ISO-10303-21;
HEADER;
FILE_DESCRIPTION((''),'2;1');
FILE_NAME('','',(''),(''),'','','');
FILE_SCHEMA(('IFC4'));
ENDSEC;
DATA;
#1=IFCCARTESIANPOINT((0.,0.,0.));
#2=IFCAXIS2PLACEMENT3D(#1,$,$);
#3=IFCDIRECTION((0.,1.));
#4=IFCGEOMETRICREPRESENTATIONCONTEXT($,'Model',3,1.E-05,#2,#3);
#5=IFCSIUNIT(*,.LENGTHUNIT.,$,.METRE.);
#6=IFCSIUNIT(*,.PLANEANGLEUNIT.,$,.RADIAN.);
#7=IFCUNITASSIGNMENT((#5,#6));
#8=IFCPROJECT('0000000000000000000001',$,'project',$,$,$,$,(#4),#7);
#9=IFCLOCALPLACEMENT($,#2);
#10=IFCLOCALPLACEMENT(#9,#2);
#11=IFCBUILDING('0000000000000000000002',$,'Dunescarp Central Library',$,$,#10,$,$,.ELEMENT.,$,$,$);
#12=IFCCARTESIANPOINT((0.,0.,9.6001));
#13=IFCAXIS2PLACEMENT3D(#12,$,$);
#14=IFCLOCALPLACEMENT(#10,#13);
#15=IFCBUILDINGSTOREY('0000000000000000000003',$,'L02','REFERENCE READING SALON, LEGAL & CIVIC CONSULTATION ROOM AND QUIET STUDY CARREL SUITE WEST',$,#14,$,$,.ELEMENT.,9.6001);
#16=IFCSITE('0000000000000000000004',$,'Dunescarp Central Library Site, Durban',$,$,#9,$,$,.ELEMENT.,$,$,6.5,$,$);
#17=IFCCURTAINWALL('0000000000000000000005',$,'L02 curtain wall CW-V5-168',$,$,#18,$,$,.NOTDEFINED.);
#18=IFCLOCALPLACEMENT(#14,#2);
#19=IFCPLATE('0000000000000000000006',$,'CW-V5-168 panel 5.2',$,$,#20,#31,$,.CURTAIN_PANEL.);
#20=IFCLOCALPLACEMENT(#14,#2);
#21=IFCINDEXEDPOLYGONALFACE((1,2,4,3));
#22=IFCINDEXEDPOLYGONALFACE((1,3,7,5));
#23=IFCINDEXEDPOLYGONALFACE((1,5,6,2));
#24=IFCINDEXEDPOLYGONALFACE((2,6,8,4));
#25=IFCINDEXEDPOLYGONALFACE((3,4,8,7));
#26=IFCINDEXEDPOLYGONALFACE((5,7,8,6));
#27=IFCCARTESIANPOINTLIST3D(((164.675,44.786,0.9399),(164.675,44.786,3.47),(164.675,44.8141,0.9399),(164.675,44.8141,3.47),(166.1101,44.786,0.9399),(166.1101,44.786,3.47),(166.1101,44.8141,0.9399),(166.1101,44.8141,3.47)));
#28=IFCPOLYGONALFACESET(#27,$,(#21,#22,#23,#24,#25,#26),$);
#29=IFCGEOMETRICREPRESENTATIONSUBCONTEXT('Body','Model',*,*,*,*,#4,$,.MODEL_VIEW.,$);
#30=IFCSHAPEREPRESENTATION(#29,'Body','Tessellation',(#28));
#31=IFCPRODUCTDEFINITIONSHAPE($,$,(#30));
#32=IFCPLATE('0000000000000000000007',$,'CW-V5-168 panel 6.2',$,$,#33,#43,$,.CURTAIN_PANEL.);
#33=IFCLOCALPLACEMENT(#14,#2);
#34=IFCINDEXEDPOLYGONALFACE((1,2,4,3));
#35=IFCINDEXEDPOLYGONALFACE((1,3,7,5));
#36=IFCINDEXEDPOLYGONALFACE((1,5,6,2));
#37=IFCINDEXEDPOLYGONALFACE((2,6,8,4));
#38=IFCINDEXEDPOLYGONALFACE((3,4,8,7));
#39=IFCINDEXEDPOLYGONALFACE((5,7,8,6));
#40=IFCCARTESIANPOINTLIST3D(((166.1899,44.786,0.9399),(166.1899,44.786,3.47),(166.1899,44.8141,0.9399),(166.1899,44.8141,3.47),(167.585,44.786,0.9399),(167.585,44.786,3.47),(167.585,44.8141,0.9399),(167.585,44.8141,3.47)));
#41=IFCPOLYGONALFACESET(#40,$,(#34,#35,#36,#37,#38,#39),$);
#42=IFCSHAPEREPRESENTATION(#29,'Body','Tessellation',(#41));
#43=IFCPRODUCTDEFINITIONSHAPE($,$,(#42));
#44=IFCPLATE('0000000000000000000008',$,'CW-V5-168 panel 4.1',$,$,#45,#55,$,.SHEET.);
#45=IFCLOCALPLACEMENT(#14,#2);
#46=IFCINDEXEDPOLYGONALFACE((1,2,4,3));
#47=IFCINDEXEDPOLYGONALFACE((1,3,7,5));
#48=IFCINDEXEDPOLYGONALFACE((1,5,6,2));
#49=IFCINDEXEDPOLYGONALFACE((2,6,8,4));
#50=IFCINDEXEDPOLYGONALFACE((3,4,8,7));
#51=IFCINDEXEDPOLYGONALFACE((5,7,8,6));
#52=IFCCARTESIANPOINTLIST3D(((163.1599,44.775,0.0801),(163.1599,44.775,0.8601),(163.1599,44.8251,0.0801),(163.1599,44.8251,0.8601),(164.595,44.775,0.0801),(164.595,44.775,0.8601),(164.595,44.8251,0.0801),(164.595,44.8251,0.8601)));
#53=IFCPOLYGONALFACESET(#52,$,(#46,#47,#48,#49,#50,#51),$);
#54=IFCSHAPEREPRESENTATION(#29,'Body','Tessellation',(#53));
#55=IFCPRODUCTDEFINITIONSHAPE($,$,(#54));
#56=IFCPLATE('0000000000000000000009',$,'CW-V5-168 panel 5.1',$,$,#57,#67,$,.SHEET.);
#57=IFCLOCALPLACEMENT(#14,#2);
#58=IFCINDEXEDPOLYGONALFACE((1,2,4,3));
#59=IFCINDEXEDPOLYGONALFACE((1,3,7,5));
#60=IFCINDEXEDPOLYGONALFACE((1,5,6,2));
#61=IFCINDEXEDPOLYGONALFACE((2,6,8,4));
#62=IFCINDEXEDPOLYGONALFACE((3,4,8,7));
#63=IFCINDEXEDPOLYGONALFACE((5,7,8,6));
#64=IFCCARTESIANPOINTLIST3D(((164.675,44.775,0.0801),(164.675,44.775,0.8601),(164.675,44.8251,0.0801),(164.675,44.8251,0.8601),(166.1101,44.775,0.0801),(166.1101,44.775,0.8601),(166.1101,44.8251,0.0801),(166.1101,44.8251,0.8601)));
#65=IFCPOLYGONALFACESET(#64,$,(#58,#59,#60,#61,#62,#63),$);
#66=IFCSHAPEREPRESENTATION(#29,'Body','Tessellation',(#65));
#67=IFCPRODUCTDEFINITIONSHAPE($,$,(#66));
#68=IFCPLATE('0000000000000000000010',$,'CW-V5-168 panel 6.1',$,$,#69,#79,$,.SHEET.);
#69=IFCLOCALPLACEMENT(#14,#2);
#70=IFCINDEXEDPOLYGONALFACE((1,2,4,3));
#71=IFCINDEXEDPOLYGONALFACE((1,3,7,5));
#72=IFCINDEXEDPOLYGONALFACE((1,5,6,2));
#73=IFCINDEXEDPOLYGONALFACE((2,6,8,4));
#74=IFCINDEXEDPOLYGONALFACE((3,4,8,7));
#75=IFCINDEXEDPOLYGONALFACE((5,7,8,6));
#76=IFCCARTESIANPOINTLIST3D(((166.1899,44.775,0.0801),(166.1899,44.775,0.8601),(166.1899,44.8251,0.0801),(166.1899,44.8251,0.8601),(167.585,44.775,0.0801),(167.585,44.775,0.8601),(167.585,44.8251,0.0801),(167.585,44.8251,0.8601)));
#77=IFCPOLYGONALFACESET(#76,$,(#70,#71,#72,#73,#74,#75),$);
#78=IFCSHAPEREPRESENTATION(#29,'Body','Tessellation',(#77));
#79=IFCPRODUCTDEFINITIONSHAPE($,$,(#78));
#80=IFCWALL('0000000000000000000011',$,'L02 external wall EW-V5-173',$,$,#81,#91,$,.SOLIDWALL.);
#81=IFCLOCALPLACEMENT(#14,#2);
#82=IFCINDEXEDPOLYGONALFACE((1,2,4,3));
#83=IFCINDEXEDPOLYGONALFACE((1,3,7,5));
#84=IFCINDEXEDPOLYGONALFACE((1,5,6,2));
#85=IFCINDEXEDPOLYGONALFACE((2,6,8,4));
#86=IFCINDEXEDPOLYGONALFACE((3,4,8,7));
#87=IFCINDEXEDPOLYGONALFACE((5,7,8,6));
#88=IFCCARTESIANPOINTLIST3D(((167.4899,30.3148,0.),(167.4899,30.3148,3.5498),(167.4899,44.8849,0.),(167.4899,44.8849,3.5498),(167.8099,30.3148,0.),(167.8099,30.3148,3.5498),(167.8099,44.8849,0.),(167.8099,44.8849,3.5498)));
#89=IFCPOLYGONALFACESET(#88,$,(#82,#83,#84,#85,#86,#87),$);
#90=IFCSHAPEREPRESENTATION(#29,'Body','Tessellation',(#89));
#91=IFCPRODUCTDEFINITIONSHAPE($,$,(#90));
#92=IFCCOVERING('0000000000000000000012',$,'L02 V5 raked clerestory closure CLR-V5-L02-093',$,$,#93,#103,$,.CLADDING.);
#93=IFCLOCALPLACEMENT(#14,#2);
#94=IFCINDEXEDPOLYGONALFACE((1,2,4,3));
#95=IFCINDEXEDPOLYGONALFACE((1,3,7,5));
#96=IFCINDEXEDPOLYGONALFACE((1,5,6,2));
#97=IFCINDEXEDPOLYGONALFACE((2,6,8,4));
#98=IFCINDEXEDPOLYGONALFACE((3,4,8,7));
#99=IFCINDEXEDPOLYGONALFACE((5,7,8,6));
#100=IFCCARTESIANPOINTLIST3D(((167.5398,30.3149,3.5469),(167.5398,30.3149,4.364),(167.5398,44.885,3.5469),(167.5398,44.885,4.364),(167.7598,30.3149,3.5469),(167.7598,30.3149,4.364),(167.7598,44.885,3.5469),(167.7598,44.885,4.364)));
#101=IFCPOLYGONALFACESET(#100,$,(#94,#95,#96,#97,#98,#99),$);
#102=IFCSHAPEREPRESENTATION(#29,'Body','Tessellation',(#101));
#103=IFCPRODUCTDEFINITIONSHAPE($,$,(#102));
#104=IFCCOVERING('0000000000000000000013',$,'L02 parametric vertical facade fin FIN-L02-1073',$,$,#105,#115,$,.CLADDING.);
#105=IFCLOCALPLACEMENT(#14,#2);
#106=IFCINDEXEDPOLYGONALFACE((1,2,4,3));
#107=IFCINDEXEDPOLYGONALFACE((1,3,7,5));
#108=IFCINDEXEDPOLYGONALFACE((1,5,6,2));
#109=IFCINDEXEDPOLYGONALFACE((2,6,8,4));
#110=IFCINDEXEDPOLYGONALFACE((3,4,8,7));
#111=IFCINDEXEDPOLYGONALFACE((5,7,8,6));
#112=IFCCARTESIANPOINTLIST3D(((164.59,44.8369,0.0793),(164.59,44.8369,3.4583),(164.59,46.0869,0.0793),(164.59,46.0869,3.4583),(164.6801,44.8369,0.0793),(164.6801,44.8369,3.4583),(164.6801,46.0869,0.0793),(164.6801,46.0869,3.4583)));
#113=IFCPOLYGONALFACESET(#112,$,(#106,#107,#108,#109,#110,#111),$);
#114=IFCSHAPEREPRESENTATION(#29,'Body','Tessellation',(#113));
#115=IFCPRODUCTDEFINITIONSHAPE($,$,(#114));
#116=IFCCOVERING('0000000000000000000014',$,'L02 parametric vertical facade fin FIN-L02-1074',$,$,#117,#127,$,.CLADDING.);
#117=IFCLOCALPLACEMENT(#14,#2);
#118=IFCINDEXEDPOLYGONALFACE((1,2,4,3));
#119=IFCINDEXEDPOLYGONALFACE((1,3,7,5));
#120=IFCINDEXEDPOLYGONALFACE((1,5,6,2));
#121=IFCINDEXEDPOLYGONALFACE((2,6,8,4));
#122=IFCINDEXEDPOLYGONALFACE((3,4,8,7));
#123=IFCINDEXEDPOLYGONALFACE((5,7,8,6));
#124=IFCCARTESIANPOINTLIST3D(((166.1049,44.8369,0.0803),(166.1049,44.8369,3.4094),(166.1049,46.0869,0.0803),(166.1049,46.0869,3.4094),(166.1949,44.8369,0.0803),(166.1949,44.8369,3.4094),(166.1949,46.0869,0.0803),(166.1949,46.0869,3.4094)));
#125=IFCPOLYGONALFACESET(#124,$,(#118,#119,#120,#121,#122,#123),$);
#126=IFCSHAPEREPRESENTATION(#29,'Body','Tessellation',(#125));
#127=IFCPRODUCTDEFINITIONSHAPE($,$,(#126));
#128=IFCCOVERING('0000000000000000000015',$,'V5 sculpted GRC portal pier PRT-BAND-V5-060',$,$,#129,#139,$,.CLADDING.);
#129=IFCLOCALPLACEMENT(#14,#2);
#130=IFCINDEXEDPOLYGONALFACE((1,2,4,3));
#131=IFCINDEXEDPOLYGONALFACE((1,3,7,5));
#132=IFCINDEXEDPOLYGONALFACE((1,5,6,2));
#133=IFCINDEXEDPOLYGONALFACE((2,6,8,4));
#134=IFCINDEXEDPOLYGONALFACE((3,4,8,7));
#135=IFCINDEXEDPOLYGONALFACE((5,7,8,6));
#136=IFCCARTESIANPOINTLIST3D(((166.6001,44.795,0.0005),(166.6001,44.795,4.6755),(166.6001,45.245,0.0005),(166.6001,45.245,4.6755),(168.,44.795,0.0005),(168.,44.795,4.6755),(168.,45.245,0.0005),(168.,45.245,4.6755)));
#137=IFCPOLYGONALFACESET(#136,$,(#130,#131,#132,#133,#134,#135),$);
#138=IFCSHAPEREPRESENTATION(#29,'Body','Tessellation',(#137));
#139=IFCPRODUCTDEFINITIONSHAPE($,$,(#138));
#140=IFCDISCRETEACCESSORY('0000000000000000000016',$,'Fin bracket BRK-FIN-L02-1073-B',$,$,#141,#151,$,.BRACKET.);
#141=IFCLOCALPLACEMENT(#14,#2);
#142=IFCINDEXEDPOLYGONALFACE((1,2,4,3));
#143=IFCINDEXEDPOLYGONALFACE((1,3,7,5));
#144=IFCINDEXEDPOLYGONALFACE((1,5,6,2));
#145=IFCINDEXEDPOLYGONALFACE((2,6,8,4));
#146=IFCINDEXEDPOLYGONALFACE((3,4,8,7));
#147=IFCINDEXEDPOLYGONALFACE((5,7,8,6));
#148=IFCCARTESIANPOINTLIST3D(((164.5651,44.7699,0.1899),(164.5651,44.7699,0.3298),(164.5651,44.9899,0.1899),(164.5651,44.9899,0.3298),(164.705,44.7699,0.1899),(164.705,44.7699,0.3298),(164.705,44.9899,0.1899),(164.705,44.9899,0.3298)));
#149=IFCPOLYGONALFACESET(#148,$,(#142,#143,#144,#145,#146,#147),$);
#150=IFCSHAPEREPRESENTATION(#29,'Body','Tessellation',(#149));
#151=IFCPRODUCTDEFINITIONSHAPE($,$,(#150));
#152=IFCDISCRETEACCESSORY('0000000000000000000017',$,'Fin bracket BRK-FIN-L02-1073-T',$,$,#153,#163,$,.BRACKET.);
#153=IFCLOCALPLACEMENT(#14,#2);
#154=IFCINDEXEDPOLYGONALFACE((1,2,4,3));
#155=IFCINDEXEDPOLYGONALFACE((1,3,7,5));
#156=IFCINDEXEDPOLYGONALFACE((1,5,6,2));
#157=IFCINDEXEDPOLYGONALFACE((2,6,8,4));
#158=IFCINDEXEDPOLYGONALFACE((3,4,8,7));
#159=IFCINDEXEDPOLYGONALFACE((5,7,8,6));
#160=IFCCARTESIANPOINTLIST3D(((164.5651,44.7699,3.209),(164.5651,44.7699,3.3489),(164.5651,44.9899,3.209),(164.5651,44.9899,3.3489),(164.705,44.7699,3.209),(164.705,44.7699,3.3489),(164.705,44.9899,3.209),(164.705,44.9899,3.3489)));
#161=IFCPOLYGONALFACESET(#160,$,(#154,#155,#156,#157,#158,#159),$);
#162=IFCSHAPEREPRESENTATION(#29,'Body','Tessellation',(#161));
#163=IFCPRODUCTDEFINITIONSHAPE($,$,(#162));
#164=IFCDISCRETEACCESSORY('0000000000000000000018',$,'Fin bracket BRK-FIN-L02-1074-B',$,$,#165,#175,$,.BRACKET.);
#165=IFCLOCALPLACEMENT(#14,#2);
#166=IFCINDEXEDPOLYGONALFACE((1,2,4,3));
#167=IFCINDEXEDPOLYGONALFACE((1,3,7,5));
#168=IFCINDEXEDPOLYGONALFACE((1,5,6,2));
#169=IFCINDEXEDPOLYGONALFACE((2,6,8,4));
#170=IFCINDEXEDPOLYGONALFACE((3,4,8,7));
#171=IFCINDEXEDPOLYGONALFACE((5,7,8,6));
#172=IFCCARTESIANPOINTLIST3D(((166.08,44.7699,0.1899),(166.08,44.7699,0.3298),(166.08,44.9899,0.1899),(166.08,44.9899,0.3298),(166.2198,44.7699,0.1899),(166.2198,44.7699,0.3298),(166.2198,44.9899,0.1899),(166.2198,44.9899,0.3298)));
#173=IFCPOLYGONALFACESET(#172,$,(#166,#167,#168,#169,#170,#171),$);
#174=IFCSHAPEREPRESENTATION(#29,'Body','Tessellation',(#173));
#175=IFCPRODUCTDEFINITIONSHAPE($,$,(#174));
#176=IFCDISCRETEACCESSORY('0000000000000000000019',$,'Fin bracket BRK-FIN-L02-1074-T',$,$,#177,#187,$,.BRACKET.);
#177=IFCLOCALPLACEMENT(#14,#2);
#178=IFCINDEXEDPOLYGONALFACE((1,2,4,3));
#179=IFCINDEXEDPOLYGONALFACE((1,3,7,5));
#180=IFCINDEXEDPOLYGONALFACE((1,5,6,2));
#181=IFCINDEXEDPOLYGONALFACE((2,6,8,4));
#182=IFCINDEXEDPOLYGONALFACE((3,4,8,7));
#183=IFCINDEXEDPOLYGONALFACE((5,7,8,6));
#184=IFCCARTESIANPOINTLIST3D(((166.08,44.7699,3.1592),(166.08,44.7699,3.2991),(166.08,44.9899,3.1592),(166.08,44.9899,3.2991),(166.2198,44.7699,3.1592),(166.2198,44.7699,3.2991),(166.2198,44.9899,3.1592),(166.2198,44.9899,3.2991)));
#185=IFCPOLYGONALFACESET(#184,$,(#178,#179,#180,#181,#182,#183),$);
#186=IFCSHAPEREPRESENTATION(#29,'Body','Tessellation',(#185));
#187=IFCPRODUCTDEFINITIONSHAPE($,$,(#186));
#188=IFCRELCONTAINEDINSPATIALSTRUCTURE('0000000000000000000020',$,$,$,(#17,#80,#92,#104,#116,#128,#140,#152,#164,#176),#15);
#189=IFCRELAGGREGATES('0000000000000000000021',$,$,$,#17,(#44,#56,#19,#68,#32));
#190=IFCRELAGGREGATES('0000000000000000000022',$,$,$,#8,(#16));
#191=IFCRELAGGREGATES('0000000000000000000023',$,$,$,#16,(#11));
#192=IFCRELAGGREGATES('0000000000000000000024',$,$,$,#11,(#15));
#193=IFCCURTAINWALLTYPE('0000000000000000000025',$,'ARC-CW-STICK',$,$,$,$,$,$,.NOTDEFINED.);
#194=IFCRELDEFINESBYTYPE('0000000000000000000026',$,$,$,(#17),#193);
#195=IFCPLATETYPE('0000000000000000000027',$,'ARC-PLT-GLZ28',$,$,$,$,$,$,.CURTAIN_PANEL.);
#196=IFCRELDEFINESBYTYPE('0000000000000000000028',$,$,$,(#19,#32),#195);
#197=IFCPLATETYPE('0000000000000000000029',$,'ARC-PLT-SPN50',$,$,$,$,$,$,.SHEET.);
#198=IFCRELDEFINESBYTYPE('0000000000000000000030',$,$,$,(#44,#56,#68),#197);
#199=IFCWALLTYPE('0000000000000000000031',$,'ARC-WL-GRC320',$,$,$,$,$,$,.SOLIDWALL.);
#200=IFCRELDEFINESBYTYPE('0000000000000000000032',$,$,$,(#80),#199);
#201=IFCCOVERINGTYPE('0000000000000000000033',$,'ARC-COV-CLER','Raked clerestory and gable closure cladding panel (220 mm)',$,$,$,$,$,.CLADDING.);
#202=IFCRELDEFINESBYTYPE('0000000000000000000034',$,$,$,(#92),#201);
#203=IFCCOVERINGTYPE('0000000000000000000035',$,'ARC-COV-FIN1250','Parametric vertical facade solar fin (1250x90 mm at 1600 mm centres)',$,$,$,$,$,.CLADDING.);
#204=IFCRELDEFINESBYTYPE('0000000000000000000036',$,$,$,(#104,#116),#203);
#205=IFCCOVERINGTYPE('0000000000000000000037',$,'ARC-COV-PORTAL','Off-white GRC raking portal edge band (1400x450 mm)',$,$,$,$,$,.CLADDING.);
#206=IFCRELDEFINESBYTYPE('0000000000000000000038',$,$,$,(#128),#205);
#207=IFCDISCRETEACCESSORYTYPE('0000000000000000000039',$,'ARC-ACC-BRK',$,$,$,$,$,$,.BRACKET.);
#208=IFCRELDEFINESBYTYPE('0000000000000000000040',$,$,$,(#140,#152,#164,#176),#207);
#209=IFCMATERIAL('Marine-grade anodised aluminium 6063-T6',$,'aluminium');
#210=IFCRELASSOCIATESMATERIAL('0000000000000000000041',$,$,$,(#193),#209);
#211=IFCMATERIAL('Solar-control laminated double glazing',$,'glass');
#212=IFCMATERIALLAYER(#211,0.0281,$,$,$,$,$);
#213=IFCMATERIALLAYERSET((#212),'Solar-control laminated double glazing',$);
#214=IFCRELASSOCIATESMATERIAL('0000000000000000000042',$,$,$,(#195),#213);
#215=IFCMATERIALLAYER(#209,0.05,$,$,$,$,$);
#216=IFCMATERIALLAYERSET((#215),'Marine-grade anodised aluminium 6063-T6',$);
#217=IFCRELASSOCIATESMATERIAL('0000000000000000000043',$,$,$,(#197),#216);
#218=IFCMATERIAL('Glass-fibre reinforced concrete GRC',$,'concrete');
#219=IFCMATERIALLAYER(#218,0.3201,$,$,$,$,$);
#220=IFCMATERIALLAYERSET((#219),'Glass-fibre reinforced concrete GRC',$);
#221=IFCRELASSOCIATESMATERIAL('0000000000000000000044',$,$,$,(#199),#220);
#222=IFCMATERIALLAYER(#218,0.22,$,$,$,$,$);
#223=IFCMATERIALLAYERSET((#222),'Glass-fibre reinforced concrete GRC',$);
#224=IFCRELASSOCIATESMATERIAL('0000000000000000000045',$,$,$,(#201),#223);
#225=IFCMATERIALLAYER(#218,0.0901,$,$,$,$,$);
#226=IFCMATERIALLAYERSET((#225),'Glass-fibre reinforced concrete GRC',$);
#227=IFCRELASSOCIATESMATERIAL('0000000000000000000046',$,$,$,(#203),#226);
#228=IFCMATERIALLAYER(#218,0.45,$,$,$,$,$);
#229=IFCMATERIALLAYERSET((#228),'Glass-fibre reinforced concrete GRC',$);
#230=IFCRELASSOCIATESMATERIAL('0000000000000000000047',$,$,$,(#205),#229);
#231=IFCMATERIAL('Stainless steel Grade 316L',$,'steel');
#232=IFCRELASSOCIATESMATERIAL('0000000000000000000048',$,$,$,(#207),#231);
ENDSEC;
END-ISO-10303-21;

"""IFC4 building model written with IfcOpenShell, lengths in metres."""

from ifc_helpers import new_model, si_unit, direction, frame, frame_2d, origin, origin_2d, place, context, subcontext, project, spatial, polyline, rectangle, outline, extrude, material, layer, layer_set, type_object, element, aggregate, save


model = new_model("IFC4")

# Units and contexts
model_context = context("Model", 3, precision=1e-05, world=origin(), true_north=direction((0.0, 1.0)))
body_context = subcontext(model_context, "Body", "Model", "MODEL_VIEW")
ifc_project = project(units=[si_unit("LENGTHUNIT", "METRE"), si_unit("PLANEANGLEUNIT", "RADIAN")], contexts=[model_context])

# Site, building, storey
site_placement = place(None, origin())
site = spatial("IfcSite", under=ifc_project, at=site_placement, Name="Dunescarp Central Library Site, Durban", CompositionType="ELEMENT", RefElevation=6.5)
building_placement = place(site_placement, origin())
building = spatial("IfcBuilding", under=site, at=building_placement, Name="Dunescarp Central Library", CompositionType="ELEMENT")
storey_placement = place(building_placement, frame((0.0, 0.0, 9.6001)))
storey = spatial("IfcBuildingStorey", under=building, at=storey_placement, Name="L02", Description="REFERENCE READING SALON, LEGAL & CIVIC CONSULTATION ROOM AND QUIET STUDY CARREL SUITE WEST", CompositionType="ELEMENT", Elevation=9.6001)

# Curtain wall, plates
ifc_material_1 = material(Name="Marine-grade anodised aluminium 6063-T6", Category="aluminium")
curtain_wall_type = type_object("IfcCurtainWallType", Name="ARC-CW-STICK", PredefinedType="NOTDEFINED", material=ifc_material_1)
curtain_wall_placement = place(storey_placement, origin())
curtain_wall = element("IfcCurtainWall", 1, at=curtain_wall_placement, inside=storey, type_object=curtain_wall_type, Name="L02 curtain wall CW-V5-168", PredefinedType="NOTDEFINED")
ifc_material_2 = material(Name="Solar-control laminated double glazing", Category="glass")
ifc_layer_1 = layer(ifc_material_2, 0.0281)
ifc_layer_set_1 = layer_set([ifc_layer_1], Name="Solar-control laminated double glazing")
plate_type_1 = type_object("IfcPlateType", Name="ARC-PLT-GLZ28", PredefinedType="CURTAIN_PANEL", material=ifc_layer_set_1)
plate_1_placement = place(storey_placement, frame((165.3926, 44.8, 0.9399), z_axis=(0.0, 0.0, 1.0), x_axis=(1.0, 0.0, 0.0)))
plate_1 = element("IfcPlate", 2, at=plate_1_placement, type_object=plate_type_1, Name="CW-V5-168 panel 5.2", PredefinedType="CURTAIN_PANEL", context=body_context, shape_type="SweptSolid", body=[
    extrude(rectangle(XDim=1.4351, YDim=0.0281, at=origin_2d()), origin(), (0.0, 0.0, 1.0), 2.53),
])
plate_2_placement = place(storey_placement, frame((166.8875, 44.8, 0.9399), z_axis=(0.0, 0.0, 1.0), x_axis=(1.0, 0.0, 0.0)))
plate_2 = element("IfcPlate", 3, at=plate_2_placement, type_object=plate_type_1, Name="CW-V5-168 panel 6.2", PredefinedType="CURTAIN_PANEL", context=body_context, shape_type="SweptSolid", body=[
    extrude(rectangle(XDim=1.395, YDim=0.0281, at=origin_2d()), origin(), (0.0, 0.0, 1.0), 2.53),
])
ifc_layer_2 = layer(ifc_material_1, 0.05)
ifc_layer_set_2 = layer_set([ifc_layer_2], Name="Marine-grade anodised aluminium 6063-T6")
plate_type_2 = type_object("IfcPlateType", Name="ARC-PLT-SPN50", PredefinedType="SHEET", material=ifc_layer_set_2)
plate_3_placement = place(storey_placement, frame((163.8774, 44.8, 0.0801), z_axis=(0.0, 0.0, 1.0), x_axis=(1.0, 0.0, 0.0)))
plate_3 = element("IfcPlate", 4, at=plate_3_placement, type_object=plate_type_2, Name="CW-V5-168 panel 4.1", PredefinedType="SHEET", context=body_context, shape_type="SweptSolid", body=[
    extrude(rectangle(XDim=1.4351, YDim=0.05, at=origin_2d()), origin(), (0.0, 0.0, 1.0), 0.78),
])
plate_4_placement = place(storey_placement, frame((165.3926, 44.8, 0.0801), z_axis=(0.0, 0.0, 1.0), x_axis=(1.0, 0.0, 0.0)))
plate_4 = element("IfcPlate", 5, at=plate_4_placement, type_object=plate_type_2, Name="CW-V5-168 panel 5.1", PredefinedType="SHEET", context=body_context, shape_type="SweptSolid", body=[
    extrude(rectangle(XDim=1.4351, YDim=0.05, at=origin_2d()), origin(), (0.0, 0.0, 1.0), 0.78),
])
plate_5_placement = place(storey_placement, frame((166.8875, 44.8, 0.0801), z_axis=(0.0, 0.0, 1.0), x_axis=(1.0, 0.0, 0.0)))
plate_5 = element("IfcPlate", 6, at=plate_5_placement, type_object=plate_type_2, Name="CW-V5-168 panel 6.1", PredefinedType="SHEET", context=body_context, shape_type="SweptSolid", body=[
    extrude(rectangle(XDim=1.395, YDim=0.05, at=origin_2d()), origin(), (0.0, 0.0, 1.0), 0.78),
])
aggregate(curtain_wall, [plate_3, plate_4, plate_1, plate_5, plate_2])

# Wall
ifc_material_3 = material(Name="Glass-fibre reinforced concrete GRC", Category="concrete")
ifc_layer_3 = layer(ifc_material_3, 0.3201)
ifc_layer_set_3 = layer_set([ifc_layer_3], Name="Glass-fibre reinforced concrete GRC")
wall_type = type_object("IfcWallType", Name="ARC-WL-GRC320", PredefinedType="SOLIDWALL", material=ifc_layer_set_3)
wall_placement = place(storey_placement, frame((167.6499, 44.885, 0.0), z_axis=(0.0, 0.0, 1.0), x_axis=(0.0, -1.0, 0.0)))
element("IfcWall", 7, at=wall_placement, inside=storey, type_object=wall_type, Name="L02 external wall EW-V5-173", PredefinedType="SOLIDWALL", context=body_context, shape_type="SweptSolid", body=[
    extrude(rectangle(XDim=14.5701, YDim=0.3201, at=frame_2d((7.2852, 0.0))), origin(), (0.0, 0.0, 1.0), 3.5498),
])

# Coverings
ifc_layer_4 = layer(ifc_material_3, 0.22)
ifc_layer_set_4 = layer_set([ifc_layer_4], Name="Glass-fibre reinforced concrete GRC")
covering_type_1 = type_object("IfcCoveringType", Name="ARC-COV-CLER", Description="Raked clerestory and gable closure cladding panel (220 mm)", PredefinedType="CLADDING", material=ifc_layer_set_4)
covering_1_placement = place(storey_placement, frame((167.6499, 44.885, 3.5469), z_axis=(0.0, 0.0, 1.0), x_axis=(0.0, -1.0, 0.0)))
element("IfcCovering", 8, at=covering_1_placement, inside=storey, type_object=covering_type_1, Name="L02 V5 raked clerestory closure CLR-V5-L02-093", PredefinedType="CLADDING", context=body_context, shape_type="SweptSolid", body=[
    extrude(outline(polyline([(0.0, 0.0), (14.5701, 0.0), (14.5701, 0.8171), (0.0, 0.8171), (0.0, 0.0)])), frame((0.0, 0.1099, 0.0), z_axis=(0.0, -1.0, 0.0), x_axis=(1.0, 0.0, 0.0)), (0.0, 0.0, 1.0), 0.22),
])
ifc_layer_5 = layer(ifc_material_3, 0.0901)
ifc_layer_set_5 = layer_set([ifc_layer_5], Name="Glass-fibre reinforced concrete GRC")
covering_type_2 = type_object("IfcCoveringType", Name="ARC-COV-FIN1250", Description="Parametric vertical facade solar fin (1250x90 mm at 1600 mm centres)", PredefinedType="CLADDING", material=ifc_layer_set_5)
covering_2_placement = place(storey_placement, frame((164.635, 45.4619, 0.0793), z_axis=(0.0, 0.0, 1.0), x_axis=(0.0, 1.0, 0.0)))
element("IfcCovering", 9, at=covering_2_placement, inside=storey, type_object=covering_type_2, Name="L02 parametric vertical facade fin FIN-L02-1073", PredefinedType="CLADDING", context=body_context, shape_type="SweptSolid", body=[
    extrude(rectangle(XDim=1.25, YDim=0.0901, at=origin_2d()), origin(), (0.0, 0.0, 1.0), 3.3789),
])
covering_3_placement = place(storey_placement, frame((166.1499, 45.4619, 0.0803), z_axis=(0.0, 0.0, 1.0), x_axis=(0.0, 1.0, 0.0)))
element("IfcCovering", 10, at=covering_3_placement, inside=storey, type_object=covering_type_2, Name="L02 parametric vertical facade fin FIN-L02-1074", PredefinedType="CLADDING", context=body_context, shape_type="SweptSolid", body=[
    extrude(rectangle(XDim=1.25, YDim=0.0901, at=origin_2d()), origin(), (0.0, 0.0, 1.0), 3.3291),
])
ifc_layer_6 = layer(ifc_material_3, 0.45)
ifc_layer_set_6 = layer_set([ifc_layer_6], Name="Glass-fibre reinforced concrete GRC")
covering_type_3 = type_object("IfcCoveringType", Name="ARC-COV-PORTAL", Description="Off-white GRC raking portal edge band (1400x450 mm)", PredefinedType="CLADDING", material=ifc_layer_set_6)
covering_4_placement = place(storey_placement, frame((167.3, 45.02, 0.0005), z_axis=(0.0, 0.0, 1.0), x_axis=(1.0, 0.0, 0.0)))
element("IfcCovering", 11, at=covering_4_placement, inside=storey, type_object=covering_type_3, Name="V5 sculpted GRC portal pier PRT-BAND-V5-060", PredefinedType="CLADDING", context=body_context, shape_type="SweptSolid", body=[
    extrude(rectangle(XDim=1.3999, YDim=0.45, at=origin_2d()), origin(), (0.0, 0.0, 1.0), 4.675),
])

# Discrete accessories
ifc_material_4 = material(Name="Stainless steel Grade 316L", Category="steel")
discrete_accessory_type = type_object("IfcDiscreteAccessoryType", Name="ARC-ACC-BRK", PredefinedType="BRACKET", material=ifc_material_4)
for number, where, z_axis, x_axis, name in (
    (12, (164.635, 44.8799, 0.1899), (0.0, 0.0, 1.0), (0.0, 1.0, 0.0), "Fin bracket BRK-FIN-L02-1073-B"),
    (13, (164.635, 44.8799, 3.209), (0.0, 0.0, 1.0), (0.0, 1.0, 0.0), "Fin bracket BRK-FIN-L02-1073-T"),
    (14, (166.1499, 44.8799, 0.1899), (0.0, 0.0, 1.0), (0.0, 1.0, 0.0), "Fin bracket BRK-FIN-L02-1074-B"),
    (15, (166.1499, 44.8799, 3.1592), (0.0, 0.0, 1.0), (0.0, 1.0, 0.0), "Fin bracket BRK-FIN-L02-1074-T"),
):
    element("IfcDiscreteAccessory", number, at=place(storey_placement, frame(where, z_axis=z_axis, x_axis=x_axis)), inside=storey, type_object=discrete_accessory_type, Name=name, PredefinedType="BRACKET", context=body_context, shape_type="SweptSolid", body=[
        extrude(rectangle(XDim=0.22, YDim=0.1399, at=origin_2d()), origin(), (0.0, 0.0, 1.0), 0.1399),
    ])

save(model, "model.ifc")
